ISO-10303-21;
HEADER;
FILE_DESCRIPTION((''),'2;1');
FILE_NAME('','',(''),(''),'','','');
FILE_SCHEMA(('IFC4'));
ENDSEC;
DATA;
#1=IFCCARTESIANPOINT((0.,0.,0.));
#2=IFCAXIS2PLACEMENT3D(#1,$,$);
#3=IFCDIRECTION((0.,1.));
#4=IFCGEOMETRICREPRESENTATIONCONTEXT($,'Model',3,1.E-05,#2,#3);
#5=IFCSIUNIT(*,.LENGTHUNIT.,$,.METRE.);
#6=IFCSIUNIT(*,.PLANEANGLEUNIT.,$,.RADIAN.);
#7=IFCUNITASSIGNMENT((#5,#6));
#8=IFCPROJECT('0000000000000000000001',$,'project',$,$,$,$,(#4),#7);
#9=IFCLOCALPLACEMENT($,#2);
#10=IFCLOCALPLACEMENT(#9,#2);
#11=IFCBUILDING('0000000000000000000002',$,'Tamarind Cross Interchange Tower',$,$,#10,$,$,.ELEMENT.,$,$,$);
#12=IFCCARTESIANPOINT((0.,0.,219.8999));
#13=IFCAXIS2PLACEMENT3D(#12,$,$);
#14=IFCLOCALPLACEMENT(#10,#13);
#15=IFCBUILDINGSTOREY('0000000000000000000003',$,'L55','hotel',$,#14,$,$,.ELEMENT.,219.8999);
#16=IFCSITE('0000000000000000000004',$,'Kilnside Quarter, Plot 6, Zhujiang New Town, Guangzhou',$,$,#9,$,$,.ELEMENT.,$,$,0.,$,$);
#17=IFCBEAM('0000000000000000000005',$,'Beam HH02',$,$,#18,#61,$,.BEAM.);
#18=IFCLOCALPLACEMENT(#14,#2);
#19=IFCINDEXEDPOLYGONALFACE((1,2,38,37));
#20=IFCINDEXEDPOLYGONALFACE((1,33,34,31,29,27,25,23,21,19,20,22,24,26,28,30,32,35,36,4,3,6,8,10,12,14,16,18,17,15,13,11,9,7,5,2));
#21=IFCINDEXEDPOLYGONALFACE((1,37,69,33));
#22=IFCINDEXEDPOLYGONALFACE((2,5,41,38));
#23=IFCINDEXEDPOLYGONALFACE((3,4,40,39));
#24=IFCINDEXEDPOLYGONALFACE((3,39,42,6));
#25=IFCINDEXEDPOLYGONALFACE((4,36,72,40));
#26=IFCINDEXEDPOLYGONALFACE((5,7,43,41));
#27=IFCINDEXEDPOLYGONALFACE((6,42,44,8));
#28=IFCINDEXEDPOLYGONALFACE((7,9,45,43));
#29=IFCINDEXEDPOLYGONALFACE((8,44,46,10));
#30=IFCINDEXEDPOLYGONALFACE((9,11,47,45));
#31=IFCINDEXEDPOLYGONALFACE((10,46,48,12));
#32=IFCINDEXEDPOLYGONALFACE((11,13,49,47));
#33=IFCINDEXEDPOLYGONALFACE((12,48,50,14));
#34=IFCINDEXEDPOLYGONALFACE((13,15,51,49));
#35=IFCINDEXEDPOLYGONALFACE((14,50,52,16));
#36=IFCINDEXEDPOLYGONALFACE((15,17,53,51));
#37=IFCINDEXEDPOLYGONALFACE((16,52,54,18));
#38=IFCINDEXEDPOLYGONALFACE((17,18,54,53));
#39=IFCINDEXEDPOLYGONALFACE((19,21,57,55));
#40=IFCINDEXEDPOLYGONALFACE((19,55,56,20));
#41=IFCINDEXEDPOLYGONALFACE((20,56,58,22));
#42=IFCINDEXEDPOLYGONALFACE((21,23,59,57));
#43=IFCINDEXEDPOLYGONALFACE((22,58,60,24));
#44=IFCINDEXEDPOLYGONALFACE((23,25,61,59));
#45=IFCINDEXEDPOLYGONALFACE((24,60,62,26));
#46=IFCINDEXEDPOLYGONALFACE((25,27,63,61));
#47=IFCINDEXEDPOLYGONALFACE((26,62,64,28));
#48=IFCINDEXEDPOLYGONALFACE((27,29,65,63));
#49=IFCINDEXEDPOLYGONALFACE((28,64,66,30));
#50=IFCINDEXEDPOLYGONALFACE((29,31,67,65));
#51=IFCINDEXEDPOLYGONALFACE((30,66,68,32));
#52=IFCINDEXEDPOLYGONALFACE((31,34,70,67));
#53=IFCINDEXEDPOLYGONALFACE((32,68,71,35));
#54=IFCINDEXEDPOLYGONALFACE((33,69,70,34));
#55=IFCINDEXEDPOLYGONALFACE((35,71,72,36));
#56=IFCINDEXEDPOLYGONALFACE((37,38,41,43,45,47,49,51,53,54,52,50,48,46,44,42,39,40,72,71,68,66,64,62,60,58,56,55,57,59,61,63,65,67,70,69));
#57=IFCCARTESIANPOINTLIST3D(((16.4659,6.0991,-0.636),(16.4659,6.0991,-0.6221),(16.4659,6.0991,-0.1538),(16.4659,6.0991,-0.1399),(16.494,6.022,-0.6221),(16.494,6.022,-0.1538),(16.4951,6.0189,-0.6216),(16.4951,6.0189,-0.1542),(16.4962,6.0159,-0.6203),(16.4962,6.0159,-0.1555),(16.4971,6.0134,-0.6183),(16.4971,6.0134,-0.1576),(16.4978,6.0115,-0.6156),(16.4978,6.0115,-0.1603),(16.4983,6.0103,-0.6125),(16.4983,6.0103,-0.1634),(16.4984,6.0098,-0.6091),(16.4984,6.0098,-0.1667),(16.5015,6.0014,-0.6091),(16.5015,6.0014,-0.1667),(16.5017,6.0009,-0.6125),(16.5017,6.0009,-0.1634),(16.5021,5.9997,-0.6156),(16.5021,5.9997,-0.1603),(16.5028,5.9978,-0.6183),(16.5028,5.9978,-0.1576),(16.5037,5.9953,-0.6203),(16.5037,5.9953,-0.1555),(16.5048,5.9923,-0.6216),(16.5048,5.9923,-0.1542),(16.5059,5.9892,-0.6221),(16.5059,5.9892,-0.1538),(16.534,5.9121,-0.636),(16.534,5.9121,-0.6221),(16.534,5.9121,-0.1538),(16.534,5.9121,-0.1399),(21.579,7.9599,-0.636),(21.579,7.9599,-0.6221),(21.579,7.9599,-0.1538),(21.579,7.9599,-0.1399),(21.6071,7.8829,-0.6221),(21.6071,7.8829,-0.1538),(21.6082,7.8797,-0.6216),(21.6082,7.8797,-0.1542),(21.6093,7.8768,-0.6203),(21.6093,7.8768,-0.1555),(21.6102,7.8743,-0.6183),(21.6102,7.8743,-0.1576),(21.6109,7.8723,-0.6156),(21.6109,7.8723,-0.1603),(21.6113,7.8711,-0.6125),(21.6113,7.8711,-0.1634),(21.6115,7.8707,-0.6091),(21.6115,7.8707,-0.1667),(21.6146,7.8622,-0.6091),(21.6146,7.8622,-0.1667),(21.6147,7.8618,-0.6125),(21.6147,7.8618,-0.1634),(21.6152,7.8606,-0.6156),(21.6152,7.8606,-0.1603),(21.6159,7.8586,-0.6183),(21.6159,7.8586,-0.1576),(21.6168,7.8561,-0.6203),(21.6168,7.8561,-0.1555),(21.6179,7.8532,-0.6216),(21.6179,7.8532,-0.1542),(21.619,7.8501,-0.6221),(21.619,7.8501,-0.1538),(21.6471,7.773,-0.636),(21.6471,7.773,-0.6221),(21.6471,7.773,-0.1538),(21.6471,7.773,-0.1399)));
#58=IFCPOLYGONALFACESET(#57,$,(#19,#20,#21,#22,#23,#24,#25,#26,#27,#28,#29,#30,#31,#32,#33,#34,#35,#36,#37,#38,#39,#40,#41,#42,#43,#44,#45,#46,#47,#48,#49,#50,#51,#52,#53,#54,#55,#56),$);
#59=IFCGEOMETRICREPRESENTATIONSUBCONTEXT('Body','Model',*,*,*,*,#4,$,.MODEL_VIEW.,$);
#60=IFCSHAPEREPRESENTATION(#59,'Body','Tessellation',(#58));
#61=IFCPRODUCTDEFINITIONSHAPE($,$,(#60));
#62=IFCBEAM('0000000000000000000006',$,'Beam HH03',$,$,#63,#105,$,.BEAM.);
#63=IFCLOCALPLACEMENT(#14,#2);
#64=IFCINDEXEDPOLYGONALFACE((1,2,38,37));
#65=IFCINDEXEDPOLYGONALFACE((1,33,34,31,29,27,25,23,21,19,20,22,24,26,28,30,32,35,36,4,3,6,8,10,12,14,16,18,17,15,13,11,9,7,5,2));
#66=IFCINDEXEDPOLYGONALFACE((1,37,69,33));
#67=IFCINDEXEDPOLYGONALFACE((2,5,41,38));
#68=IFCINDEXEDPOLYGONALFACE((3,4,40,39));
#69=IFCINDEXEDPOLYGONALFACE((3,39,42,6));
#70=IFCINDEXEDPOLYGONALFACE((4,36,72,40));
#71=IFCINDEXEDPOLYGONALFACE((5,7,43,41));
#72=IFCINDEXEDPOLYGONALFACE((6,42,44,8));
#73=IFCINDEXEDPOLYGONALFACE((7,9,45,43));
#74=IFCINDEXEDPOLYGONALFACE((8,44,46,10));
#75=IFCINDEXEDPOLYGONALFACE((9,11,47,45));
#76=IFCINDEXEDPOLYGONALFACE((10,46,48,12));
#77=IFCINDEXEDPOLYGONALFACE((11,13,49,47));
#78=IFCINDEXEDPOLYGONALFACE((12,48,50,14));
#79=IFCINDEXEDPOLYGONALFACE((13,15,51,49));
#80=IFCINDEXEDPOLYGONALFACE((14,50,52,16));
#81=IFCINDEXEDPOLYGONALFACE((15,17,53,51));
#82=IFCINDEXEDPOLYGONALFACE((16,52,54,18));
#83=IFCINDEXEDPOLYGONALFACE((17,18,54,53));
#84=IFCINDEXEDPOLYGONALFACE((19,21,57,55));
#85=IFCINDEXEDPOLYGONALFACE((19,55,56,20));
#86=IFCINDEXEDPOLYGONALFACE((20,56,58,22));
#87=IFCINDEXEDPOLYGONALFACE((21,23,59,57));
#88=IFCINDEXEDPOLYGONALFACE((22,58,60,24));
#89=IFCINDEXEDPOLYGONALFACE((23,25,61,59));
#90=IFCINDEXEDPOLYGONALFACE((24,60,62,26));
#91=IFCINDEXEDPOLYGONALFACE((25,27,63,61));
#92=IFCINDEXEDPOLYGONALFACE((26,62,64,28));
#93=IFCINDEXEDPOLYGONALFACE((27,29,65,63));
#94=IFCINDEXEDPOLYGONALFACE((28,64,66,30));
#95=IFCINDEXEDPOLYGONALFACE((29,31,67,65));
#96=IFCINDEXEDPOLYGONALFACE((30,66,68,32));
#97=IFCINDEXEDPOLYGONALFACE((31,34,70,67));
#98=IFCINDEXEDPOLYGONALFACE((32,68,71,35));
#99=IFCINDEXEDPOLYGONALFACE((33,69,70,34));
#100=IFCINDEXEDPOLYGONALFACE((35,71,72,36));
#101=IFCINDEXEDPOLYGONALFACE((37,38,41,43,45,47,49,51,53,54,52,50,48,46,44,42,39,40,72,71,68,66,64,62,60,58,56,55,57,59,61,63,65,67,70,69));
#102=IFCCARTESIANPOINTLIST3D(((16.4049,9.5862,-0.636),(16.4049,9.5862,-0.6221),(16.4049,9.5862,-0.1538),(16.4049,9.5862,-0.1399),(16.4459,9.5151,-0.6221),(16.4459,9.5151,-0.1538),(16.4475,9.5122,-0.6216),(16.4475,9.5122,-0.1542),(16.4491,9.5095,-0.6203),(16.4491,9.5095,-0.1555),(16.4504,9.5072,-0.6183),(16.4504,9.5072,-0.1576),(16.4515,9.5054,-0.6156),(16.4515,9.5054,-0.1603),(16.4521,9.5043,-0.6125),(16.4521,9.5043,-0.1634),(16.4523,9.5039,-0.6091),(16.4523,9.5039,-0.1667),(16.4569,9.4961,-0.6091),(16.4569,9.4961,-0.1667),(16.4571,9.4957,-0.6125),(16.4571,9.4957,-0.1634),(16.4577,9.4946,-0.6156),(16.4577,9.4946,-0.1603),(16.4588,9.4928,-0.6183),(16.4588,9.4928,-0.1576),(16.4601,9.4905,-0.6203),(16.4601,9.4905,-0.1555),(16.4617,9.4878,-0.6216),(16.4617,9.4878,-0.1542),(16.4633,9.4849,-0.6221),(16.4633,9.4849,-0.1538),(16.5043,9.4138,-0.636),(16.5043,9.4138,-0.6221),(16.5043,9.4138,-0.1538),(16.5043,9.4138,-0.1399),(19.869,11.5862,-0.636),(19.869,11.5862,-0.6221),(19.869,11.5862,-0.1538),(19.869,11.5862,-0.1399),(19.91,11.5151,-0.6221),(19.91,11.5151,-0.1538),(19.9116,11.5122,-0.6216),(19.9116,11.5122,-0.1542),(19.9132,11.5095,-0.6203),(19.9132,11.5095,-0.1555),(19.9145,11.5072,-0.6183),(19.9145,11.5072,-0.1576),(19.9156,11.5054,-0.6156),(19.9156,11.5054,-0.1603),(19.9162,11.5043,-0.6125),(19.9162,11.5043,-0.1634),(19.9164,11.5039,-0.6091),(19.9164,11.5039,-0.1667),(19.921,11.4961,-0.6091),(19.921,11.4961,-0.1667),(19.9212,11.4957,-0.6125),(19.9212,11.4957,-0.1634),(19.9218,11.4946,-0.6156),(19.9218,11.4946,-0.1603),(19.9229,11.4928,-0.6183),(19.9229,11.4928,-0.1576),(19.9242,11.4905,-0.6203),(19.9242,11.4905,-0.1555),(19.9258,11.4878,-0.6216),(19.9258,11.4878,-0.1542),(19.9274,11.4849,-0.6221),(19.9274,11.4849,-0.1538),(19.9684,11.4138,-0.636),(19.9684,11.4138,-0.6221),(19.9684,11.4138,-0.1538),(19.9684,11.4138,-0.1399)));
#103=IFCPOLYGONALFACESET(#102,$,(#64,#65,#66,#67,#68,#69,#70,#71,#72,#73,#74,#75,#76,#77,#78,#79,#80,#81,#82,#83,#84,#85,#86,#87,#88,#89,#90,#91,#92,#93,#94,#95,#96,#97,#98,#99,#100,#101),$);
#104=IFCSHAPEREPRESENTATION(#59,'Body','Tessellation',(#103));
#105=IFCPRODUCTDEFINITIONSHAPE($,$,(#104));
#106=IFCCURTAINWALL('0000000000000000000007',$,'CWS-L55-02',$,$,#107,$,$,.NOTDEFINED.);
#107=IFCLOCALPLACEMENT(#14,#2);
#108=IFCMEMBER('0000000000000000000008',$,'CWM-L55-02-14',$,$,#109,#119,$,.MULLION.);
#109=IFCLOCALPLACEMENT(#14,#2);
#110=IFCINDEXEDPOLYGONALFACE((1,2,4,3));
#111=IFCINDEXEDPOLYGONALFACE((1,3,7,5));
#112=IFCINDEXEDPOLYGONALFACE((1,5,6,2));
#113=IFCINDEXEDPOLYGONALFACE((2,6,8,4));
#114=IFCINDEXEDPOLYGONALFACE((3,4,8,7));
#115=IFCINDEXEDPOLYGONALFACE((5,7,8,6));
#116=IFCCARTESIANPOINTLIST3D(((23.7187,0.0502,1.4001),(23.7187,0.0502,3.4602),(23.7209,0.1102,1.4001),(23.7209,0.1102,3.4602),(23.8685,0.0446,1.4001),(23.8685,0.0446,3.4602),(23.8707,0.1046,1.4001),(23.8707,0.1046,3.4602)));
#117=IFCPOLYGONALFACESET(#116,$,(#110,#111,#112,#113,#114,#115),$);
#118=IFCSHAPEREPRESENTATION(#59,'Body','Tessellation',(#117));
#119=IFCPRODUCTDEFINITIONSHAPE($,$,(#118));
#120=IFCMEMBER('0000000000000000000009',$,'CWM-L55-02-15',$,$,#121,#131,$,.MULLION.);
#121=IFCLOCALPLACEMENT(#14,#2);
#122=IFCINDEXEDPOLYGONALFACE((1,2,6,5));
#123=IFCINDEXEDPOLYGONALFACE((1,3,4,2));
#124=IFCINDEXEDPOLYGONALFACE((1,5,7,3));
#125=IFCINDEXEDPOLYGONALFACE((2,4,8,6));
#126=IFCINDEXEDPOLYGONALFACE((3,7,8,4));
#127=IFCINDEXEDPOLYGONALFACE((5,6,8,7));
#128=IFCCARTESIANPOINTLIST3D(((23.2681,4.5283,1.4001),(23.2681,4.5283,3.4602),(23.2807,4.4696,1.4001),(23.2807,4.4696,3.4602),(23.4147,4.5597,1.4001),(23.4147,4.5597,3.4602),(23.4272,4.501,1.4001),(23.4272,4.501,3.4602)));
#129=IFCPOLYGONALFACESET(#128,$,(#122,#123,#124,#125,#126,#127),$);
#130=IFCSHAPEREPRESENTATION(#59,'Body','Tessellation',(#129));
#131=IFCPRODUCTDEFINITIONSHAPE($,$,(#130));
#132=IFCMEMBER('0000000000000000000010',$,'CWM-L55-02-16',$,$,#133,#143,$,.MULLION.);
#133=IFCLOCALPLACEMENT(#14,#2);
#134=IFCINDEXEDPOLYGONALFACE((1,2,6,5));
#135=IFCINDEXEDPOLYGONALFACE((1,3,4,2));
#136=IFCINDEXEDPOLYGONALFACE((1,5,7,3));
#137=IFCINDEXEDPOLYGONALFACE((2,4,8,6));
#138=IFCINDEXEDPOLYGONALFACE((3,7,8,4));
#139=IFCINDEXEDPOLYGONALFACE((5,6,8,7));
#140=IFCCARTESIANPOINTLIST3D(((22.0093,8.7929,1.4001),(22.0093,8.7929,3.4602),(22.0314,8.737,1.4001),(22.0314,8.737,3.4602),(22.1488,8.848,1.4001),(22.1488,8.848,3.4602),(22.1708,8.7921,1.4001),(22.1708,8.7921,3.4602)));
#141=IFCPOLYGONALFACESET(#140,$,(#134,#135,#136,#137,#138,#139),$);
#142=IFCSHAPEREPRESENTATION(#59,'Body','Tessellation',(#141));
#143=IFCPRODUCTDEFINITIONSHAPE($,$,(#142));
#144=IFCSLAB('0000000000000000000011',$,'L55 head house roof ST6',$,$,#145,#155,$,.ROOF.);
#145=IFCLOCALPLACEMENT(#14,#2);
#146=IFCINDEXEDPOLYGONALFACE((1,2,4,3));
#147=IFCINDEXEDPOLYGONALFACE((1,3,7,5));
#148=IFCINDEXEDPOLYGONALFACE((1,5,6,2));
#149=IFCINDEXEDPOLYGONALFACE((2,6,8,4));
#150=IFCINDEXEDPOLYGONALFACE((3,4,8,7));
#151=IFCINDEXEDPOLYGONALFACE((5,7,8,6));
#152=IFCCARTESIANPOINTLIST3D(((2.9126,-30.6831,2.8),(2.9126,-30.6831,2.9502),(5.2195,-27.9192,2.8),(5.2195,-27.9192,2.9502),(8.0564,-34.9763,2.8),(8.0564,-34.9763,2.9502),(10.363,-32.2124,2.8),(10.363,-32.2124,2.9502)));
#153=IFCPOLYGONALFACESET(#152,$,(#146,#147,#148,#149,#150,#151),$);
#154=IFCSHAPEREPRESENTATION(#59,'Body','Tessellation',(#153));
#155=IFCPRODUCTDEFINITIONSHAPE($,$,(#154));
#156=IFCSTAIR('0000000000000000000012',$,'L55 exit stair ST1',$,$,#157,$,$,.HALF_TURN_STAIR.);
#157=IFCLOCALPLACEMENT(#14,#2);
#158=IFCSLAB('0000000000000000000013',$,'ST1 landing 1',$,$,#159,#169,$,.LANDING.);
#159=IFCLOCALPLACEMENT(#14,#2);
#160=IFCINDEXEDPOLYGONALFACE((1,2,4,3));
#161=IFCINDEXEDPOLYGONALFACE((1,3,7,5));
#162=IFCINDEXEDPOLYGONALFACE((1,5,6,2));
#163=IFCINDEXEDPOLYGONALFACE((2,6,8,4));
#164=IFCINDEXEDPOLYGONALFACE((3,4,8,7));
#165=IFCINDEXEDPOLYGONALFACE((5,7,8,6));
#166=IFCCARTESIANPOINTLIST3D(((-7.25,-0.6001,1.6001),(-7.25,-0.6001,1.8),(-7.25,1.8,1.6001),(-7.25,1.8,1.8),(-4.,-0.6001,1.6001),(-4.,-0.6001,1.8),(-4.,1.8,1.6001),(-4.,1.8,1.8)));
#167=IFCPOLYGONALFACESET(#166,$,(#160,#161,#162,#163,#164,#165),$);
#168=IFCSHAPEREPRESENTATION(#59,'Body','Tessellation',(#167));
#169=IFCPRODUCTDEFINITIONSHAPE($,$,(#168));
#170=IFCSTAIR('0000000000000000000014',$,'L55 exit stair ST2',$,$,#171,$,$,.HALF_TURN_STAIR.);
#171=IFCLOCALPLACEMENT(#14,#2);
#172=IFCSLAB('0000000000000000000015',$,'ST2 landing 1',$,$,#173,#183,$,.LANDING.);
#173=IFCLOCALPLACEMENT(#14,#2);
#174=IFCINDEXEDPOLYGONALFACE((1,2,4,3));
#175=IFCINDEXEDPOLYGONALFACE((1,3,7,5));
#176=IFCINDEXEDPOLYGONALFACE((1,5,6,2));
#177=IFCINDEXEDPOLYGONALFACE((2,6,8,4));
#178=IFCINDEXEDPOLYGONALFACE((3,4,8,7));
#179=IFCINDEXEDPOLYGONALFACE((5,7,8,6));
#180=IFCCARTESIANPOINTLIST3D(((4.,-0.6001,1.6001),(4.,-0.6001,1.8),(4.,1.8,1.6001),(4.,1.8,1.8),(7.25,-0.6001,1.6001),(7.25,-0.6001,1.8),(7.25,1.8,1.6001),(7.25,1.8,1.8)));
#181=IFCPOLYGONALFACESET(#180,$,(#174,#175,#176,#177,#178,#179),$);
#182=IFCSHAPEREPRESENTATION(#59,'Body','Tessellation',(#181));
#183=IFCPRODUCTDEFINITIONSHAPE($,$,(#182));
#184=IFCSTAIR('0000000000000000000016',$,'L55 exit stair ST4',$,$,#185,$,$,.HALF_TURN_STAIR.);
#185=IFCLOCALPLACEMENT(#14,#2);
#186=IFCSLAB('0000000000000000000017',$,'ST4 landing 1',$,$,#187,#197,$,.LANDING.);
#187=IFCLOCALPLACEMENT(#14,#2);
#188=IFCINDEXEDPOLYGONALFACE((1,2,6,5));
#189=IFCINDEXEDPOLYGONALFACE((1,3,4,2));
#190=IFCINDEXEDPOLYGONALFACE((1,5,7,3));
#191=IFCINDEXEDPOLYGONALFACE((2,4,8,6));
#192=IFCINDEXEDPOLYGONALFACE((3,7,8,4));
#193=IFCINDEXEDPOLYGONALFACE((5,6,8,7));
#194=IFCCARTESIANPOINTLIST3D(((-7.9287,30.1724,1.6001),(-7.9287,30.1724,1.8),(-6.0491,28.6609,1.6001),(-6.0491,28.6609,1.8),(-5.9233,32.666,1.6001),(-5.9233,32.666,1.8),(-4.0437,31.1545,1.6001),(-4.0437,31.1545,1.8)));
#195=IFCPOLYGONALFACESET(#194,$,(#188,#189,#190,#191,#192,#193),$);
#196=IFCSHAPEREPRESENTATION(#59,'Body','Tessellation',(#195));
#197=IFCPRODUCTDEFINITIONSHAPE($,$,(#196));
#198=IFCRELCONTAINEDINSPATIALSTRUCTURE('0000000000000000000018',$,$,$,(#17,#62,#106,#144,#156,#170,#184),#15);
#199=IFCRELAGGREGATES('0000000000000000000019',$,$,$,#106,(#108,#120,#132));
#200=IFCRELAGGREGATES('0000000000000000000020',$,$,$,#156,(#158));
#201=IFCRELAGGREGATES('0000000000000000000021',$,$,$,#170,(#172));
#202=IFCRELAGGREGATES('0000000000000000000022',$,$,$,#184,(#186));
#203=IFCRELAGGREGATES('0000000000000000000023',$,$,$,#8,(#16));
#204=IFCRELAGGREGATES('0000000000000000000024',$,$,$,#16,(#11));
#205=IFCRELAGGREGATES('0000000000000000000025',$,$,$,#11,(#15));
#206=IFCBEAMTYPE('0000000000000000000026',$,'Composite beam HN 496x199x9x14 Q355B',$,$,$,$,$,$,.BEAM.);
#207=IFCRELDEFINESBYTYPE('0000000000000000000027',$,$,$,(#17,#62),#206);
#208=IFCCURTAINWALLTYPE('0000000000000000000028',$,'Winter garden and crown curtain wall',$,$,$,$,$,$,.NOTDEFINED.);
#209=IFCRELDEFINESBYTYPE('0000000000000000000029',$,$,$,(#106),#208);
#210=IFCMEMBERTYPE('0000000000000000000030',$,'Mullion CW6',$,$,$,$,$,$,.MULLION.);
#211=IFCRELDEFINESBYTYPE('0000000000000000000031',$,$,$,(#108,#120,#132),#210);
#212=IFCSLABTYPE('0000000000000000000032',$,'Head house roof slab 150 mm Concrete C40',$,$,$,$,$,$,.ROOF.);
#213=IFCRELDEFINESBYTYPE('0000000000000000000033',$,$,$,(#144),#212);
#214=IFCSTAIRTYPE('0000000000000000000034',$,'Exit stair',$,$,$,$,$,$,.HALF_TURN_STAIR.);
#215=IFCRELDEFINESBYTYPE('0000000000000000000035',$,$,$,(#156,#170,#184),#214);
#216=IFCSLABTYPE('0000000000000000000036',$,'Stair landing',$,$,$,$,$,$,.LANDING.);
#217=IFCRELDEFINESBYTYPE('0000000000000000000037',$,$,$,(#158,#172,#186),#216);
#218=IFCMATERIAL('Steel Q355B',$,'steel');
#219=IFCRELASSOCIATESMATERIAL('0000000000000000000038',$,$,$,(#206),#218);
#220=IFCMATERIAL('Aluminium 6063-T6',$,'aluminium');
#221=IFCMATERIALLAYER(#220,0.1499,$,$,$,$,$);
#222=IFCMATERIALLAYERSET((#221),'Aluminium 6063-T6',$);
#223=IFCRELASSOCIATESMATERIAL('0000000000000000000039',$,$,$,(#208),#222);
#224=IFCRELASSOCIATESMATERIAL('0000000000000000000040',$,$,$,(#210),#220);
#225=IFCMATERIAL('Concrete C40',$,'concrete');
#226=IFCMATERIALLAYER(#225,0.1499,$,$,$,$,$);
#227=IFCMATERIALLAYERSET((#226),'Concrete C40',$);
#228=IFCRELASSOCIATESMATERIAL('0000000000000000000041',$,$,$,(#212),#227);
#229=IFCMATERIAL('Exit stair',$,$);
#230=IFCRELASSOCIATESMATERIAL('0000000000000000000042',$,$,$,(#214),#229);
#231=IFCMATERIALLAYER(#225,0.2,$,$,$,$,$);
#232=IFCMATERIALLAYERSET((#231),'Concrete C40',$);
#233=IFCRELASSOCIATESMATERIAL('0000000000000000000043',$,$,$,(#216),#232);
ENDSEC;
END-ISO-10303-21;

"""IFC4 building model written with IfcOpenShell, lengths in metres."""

from ifc_helpers import new_model, si_unit, direction, frame, origin, origin_2d, place, context, subcontext, project, spatial, polyline, rectangle, i_section, outline, extrude, material, layer, layer_set, material_profile, profile_set, type_object, element, aggregate, save


model = new_model("IFC4")

# Units and contexts
model_context = context("Model", 3, precision=1e-05, world=origin(), true_north=direction((0.0, 1.0)))
body_context = subcontext(model_context, "Body", "Model", "MODEL_VIEW")
ifc_project = project(units=[si_unit("LENGTHUNIT", "METRE"), si_unit("PLANEANGLEUNIT", "RADIAN")], contexts=[model_context])

# Site, building, storey
site_placement = place(None, origin())
site = spatial("IfcSite", under=ifc_project, at=site_placement, Name="Kilnside Quarter, Plot 6, Zhujiang New Town, Guangzhou", CompositionType="ELEMENT", RefElevation=0.0)
building_placement = place(site_placement, origin())
building = spatial("IfcBuilding", under=site, at=building_placement, Name="Tamarind Cross Interchange Tower", CompositionType="ELEMENT")
storey_placement = place(building_placement, frame((0.0, 0.0, 219.8999)))
storey = spatial("IfcBuildingStorey", under=building, at=storey_placement, Name="L55", Description="hotel", CompositionType="ELEMENT", Elevation=219.8999)

# Beams
ifc_material_1 = material(Name="Steel Q355B", Category="steel")
ifc_material_profile_1 = material_profile(ifc_material_1, i_section(OverallWidth=0.199, OverallDepth=0.4961, WebThickness=0.009, FlangeThickness=0.0139, FilletRadius=0.0129, at=origin_2d()), Name="HN 496x199x9x14")
ifc_profile_set_1 = profile_set([ifc_material_profile_1], Name="Steel Q355B")
beam_type = type_object("IfcBeamType", Name="Composite beam HN 496x199x9x14 Q355B", PredefinedType="BEAM", material=ifc_profile_set_1)
beam_1_placement = place(storey_placement, frame((21.613, 7.8665, -0.3879), z_axis=(-0.939702, -0.341995, 0.0), x_axis=(0.341995, -0.939702, 0.0)))
element("IfcBeam", 1, at=beam_1_placement, inside=storey, type_object=beam_type, Name="Beam HH02", PredefinedType="BEAM", context=body_context, shape_type="SweptSolid", body=[
    extrude(i_section(OverallWidth=0.199, OverallDepth=0.4961, WebThickness=0.009, FlangeThickness=0.0139, FilletRadius=0.0129, at=origin_2d()), origin(), (0.0, 0.0, 1.0), 5.4412),
])
beam_2_placement = place(storey_placement, frame((19.9187, 11.5, -0.3879), z_axis=(-0.866026, -0.499999, 0.0), x_axis=(0.499999, -0.866026, 0.0)))
element("IfcBeam", 2, at=beam_2_placement, inside=storey, type_object=beam_type, Name="Beam HH03", PredefinedType="BEAM", context=body_context, shape_type="SweptSolid", body=[
    extrude(i_section(OverallWidth=0.199, OverallDepth=0.4961, WebThickness=0.009, FlangeThickness=0.0139, FilletRadius=0.0129, at=origin_2d()), origin(), (0.0, 0.0, 1.0), 4.0),
])

# Curtain wall, members
ifc_material_2 = material(Name="Aluminium 6063-T6", Category="aluminium")
ifc_layer_1 = layer(ifc_material_2, 0.1499)
ifc_layer_set_1 = layer_set([ifc_layer_1], Name="Aluminium 6063-T6")
curtain_wall_type = type_object("IfcCurtainWallType", Name="Winter garden and crown curtain wall", PredefinedType="NOTDEFINED", material=ifc_layer_set_1)
curtain_wall_placement = place(storey_placement, origin())
curtain_wall = element("IfcCurtainWall", 3, at=curtain_wall_placement, inside=storey, type_object=curtain_wall_type, Name="CWS-L55-02", PredefinedType="NOTDEFINED")
ifc_material_profile_2 = material_profile(ifc_material_2, rectangle(XDim=0.0601, YDim=0.1499, at=origin_2d()), Name="Mullion CW6")
ifc_profile_set_2 = profile_set([ifc_material_profile_2], Name="Aluminium 6063-T6")
member_type = type_object("IfcMemberType", Name="Mullion CW6", PredefinedType="MULLION", material=ifc_profile_set_2)
member_1_placement = place(storey_placement, frame((23.7947, 0.0774, 1.4001), z_axis=(0.0, 0.0, 1.0), x_axis=(0.037025, 0.999314, 0.0)))
member_1 = element("IfcMember", 4, at=member_1_placement, type_object=member_type, Name="CWM-L55-02-14", PredefinedType="MULLION", context=body_context, shape_type="SweptSolid", body=[
    extrude(rectangle(XDim=0.0601, YDim=0.1499, at=origin_2d()), origin(), (0.0, 0.0, 1.0), 2.0601),
])
member_2_placement = place(storey_placement, frame((23.3477, 4.5146, 1.4001), z_axis=(0.0, 0.0, 1.0), x_axis=(-0.209425, 0.977825, 0.0)))
member_2 = element("IfcMember", 5, at=member_2_placement, type_object=member_type, Name="CWM-L55-02-15", PredefinedType="MULLION", context=body_context, shape_type="SweptSolid", body=[
    extrude(rectangle(XDim=0.0601, YDim=0.1499, at=origin_2d()), origin(), (0.0, 0.0, 1.0), 2.0601),
])
member_3_placement = place(storey_placement, frame((22.0901, 8.7925, 1.4001), z_axis=(0.0, 0.0, 1.0), x_axis=(-0.367514, 0.930018, 0.0)))
member_3 = element("IfcMember", 6, at=member_3_placement, type_object=member_type, Name="CWM-L55-02-16", PredefinedType="MULLION", context=body_context, shape_type="SweptSolid", body=[
    extrude(rectangle(XDim=0.0601, YDim=0.1499, at=origin_2d()), origin(), (0.0, 0.0, 1.0), 2.0601),
])
aggregate(curtain_wall, [member_1, member_2, member_3])

# Slab
ifc_material_3 = material(Name="Concrete C40", Category="concrete")
ifc_layer_2 = layer(ifc_material_3, 0.1499)
ifc_layer_set_2 = layer_set([ifc_layer_2], Name="Concrete C40")
slab_type_1 = type_object("IfcSlabType", Name="Head house roof slab 150 mm Concrete C40", PredefinedType="ROOF", material=ifc_layer_set_2)
slab_1_placement = place(storey_placement, frame((0.0, 0.0, 2.8)))
element("IfcSlab", 7, at=slab_1_placement, inside=storey, type_object=slab_type_1, Name="L55 head house roof ST6", PredefinedType="ROOF", context=body_context, shape_type="SweptSolid", body=[
    extrude(outline(polyline([(2.9126, -30.6831), (8.0564, -34.9763), (10.363, -32.2124), (5.2195, -27.9192), (2.9126, -30.6831)])), origin(), (0.0, 0.0, 1.0), 0.1501),
])

# Stairs, slabs
ifc_material_4 = material(Name="Exit stair")
stair_type = type_object("IfcStairType", Name="Exit stair", PredefinedType="HALF_TURN_STAIR", material=ifc_material_4)
stair_1_placement = place(storey_placement, origin())
stair_1 = element("IfcStair", 8, at=stair_1_placement, inside=storey, type_object=stair_type, Name="L55 exit stair ST1", PredefinedType="HALF_TURN_STAIR")
ifc_layer_3 = layer(ifc_material_3, 0.2)
ifc_layer_set_3 = layer_set([ifc_layer_3], Name="Concrete C40")
slab_type_2 = type_object("IfcSlabType", Name="Stair landing", PredefinedType="LANDING", material=ifc_layer_set_3)
slab_2_placement = place(storey_placement, frame((0.0, 0.0, 1.6001)))
slab_2 = element("IfcSlab", 9, at=slab_2_placement, type_object=slab_type_2, Name="ST1 landing 1", PredefinedType="LANDING", context=body_context, shape_type="SweptSolid", body=[
    extrude(outline(polyline([(-4.0, -0.6001), (-4.0, 1.8), (-7.25, 1.8), (-7.25, -0.6001), (-4.0, -0.6001)])), origin(), (0.0, 0.0, 1.0), 0.2),
])
aggregate(stair_1, [slab_2])
stair_2_placement = place(storey_placement, origin())
stair_2 = element("IfcStair", 10, at=stair_2_placement, inside=storey, type_object=stair_type, Name="L55 exit stair ST2", PredefinedType="HALF_TURN_STAIR")
slab_3_placement = place(storey_placement, frame((0.0, 0.0, 1.6001)))
slab_3 = element("IfcSlab", 11, at=slab_3_placement, type_object=slab_type_2, Name="ST2 landing 1", PredefinedType="LANDING", context=body_context, shape_type="SweptSolid", body=[
    extrude(outline(polyline([(7.25, -0.6001), (7.25, 1.8), (4.0, 1.8), (4.0, -0.6001), (7.25, -0.6001)])), origin(), (0.0, 0.0, 1.0), 0.2),
])
aggregate(stair_2, [slab_3])
stair_3_placement = place(storey_placement, origin())
stair_3 = element("IfcStair", 12, at=stair_3_placement, inside=storey, type_object=stair_type, Name="L55 exit stair ST4", PredefinedType="HALF_TURN_STAIR")
slab_4_placement = place(storey_placement, frame((0.0, 0.0, 1.6001)))
slab_4 = element("IfcSlab", 13, at=slab_4_placement, type_object=slab_type_2, Name="ST4 landing 1", PredefinedType="LANDING", context=body_context, shape_type="SweptSolid", body=[
    extrude(outline(polyline([(-4.0437, 31.1545), (-5.9233, 32.666), (-7.9287, 30.1724), (-6.0491, 28.6609), (-4.0437, 31.1545)])), origin(), (0.0, 0.0, 1.0), 0.2),
])
aggregate(stair_3, [slab_4])

save(model, "model.ifc")
